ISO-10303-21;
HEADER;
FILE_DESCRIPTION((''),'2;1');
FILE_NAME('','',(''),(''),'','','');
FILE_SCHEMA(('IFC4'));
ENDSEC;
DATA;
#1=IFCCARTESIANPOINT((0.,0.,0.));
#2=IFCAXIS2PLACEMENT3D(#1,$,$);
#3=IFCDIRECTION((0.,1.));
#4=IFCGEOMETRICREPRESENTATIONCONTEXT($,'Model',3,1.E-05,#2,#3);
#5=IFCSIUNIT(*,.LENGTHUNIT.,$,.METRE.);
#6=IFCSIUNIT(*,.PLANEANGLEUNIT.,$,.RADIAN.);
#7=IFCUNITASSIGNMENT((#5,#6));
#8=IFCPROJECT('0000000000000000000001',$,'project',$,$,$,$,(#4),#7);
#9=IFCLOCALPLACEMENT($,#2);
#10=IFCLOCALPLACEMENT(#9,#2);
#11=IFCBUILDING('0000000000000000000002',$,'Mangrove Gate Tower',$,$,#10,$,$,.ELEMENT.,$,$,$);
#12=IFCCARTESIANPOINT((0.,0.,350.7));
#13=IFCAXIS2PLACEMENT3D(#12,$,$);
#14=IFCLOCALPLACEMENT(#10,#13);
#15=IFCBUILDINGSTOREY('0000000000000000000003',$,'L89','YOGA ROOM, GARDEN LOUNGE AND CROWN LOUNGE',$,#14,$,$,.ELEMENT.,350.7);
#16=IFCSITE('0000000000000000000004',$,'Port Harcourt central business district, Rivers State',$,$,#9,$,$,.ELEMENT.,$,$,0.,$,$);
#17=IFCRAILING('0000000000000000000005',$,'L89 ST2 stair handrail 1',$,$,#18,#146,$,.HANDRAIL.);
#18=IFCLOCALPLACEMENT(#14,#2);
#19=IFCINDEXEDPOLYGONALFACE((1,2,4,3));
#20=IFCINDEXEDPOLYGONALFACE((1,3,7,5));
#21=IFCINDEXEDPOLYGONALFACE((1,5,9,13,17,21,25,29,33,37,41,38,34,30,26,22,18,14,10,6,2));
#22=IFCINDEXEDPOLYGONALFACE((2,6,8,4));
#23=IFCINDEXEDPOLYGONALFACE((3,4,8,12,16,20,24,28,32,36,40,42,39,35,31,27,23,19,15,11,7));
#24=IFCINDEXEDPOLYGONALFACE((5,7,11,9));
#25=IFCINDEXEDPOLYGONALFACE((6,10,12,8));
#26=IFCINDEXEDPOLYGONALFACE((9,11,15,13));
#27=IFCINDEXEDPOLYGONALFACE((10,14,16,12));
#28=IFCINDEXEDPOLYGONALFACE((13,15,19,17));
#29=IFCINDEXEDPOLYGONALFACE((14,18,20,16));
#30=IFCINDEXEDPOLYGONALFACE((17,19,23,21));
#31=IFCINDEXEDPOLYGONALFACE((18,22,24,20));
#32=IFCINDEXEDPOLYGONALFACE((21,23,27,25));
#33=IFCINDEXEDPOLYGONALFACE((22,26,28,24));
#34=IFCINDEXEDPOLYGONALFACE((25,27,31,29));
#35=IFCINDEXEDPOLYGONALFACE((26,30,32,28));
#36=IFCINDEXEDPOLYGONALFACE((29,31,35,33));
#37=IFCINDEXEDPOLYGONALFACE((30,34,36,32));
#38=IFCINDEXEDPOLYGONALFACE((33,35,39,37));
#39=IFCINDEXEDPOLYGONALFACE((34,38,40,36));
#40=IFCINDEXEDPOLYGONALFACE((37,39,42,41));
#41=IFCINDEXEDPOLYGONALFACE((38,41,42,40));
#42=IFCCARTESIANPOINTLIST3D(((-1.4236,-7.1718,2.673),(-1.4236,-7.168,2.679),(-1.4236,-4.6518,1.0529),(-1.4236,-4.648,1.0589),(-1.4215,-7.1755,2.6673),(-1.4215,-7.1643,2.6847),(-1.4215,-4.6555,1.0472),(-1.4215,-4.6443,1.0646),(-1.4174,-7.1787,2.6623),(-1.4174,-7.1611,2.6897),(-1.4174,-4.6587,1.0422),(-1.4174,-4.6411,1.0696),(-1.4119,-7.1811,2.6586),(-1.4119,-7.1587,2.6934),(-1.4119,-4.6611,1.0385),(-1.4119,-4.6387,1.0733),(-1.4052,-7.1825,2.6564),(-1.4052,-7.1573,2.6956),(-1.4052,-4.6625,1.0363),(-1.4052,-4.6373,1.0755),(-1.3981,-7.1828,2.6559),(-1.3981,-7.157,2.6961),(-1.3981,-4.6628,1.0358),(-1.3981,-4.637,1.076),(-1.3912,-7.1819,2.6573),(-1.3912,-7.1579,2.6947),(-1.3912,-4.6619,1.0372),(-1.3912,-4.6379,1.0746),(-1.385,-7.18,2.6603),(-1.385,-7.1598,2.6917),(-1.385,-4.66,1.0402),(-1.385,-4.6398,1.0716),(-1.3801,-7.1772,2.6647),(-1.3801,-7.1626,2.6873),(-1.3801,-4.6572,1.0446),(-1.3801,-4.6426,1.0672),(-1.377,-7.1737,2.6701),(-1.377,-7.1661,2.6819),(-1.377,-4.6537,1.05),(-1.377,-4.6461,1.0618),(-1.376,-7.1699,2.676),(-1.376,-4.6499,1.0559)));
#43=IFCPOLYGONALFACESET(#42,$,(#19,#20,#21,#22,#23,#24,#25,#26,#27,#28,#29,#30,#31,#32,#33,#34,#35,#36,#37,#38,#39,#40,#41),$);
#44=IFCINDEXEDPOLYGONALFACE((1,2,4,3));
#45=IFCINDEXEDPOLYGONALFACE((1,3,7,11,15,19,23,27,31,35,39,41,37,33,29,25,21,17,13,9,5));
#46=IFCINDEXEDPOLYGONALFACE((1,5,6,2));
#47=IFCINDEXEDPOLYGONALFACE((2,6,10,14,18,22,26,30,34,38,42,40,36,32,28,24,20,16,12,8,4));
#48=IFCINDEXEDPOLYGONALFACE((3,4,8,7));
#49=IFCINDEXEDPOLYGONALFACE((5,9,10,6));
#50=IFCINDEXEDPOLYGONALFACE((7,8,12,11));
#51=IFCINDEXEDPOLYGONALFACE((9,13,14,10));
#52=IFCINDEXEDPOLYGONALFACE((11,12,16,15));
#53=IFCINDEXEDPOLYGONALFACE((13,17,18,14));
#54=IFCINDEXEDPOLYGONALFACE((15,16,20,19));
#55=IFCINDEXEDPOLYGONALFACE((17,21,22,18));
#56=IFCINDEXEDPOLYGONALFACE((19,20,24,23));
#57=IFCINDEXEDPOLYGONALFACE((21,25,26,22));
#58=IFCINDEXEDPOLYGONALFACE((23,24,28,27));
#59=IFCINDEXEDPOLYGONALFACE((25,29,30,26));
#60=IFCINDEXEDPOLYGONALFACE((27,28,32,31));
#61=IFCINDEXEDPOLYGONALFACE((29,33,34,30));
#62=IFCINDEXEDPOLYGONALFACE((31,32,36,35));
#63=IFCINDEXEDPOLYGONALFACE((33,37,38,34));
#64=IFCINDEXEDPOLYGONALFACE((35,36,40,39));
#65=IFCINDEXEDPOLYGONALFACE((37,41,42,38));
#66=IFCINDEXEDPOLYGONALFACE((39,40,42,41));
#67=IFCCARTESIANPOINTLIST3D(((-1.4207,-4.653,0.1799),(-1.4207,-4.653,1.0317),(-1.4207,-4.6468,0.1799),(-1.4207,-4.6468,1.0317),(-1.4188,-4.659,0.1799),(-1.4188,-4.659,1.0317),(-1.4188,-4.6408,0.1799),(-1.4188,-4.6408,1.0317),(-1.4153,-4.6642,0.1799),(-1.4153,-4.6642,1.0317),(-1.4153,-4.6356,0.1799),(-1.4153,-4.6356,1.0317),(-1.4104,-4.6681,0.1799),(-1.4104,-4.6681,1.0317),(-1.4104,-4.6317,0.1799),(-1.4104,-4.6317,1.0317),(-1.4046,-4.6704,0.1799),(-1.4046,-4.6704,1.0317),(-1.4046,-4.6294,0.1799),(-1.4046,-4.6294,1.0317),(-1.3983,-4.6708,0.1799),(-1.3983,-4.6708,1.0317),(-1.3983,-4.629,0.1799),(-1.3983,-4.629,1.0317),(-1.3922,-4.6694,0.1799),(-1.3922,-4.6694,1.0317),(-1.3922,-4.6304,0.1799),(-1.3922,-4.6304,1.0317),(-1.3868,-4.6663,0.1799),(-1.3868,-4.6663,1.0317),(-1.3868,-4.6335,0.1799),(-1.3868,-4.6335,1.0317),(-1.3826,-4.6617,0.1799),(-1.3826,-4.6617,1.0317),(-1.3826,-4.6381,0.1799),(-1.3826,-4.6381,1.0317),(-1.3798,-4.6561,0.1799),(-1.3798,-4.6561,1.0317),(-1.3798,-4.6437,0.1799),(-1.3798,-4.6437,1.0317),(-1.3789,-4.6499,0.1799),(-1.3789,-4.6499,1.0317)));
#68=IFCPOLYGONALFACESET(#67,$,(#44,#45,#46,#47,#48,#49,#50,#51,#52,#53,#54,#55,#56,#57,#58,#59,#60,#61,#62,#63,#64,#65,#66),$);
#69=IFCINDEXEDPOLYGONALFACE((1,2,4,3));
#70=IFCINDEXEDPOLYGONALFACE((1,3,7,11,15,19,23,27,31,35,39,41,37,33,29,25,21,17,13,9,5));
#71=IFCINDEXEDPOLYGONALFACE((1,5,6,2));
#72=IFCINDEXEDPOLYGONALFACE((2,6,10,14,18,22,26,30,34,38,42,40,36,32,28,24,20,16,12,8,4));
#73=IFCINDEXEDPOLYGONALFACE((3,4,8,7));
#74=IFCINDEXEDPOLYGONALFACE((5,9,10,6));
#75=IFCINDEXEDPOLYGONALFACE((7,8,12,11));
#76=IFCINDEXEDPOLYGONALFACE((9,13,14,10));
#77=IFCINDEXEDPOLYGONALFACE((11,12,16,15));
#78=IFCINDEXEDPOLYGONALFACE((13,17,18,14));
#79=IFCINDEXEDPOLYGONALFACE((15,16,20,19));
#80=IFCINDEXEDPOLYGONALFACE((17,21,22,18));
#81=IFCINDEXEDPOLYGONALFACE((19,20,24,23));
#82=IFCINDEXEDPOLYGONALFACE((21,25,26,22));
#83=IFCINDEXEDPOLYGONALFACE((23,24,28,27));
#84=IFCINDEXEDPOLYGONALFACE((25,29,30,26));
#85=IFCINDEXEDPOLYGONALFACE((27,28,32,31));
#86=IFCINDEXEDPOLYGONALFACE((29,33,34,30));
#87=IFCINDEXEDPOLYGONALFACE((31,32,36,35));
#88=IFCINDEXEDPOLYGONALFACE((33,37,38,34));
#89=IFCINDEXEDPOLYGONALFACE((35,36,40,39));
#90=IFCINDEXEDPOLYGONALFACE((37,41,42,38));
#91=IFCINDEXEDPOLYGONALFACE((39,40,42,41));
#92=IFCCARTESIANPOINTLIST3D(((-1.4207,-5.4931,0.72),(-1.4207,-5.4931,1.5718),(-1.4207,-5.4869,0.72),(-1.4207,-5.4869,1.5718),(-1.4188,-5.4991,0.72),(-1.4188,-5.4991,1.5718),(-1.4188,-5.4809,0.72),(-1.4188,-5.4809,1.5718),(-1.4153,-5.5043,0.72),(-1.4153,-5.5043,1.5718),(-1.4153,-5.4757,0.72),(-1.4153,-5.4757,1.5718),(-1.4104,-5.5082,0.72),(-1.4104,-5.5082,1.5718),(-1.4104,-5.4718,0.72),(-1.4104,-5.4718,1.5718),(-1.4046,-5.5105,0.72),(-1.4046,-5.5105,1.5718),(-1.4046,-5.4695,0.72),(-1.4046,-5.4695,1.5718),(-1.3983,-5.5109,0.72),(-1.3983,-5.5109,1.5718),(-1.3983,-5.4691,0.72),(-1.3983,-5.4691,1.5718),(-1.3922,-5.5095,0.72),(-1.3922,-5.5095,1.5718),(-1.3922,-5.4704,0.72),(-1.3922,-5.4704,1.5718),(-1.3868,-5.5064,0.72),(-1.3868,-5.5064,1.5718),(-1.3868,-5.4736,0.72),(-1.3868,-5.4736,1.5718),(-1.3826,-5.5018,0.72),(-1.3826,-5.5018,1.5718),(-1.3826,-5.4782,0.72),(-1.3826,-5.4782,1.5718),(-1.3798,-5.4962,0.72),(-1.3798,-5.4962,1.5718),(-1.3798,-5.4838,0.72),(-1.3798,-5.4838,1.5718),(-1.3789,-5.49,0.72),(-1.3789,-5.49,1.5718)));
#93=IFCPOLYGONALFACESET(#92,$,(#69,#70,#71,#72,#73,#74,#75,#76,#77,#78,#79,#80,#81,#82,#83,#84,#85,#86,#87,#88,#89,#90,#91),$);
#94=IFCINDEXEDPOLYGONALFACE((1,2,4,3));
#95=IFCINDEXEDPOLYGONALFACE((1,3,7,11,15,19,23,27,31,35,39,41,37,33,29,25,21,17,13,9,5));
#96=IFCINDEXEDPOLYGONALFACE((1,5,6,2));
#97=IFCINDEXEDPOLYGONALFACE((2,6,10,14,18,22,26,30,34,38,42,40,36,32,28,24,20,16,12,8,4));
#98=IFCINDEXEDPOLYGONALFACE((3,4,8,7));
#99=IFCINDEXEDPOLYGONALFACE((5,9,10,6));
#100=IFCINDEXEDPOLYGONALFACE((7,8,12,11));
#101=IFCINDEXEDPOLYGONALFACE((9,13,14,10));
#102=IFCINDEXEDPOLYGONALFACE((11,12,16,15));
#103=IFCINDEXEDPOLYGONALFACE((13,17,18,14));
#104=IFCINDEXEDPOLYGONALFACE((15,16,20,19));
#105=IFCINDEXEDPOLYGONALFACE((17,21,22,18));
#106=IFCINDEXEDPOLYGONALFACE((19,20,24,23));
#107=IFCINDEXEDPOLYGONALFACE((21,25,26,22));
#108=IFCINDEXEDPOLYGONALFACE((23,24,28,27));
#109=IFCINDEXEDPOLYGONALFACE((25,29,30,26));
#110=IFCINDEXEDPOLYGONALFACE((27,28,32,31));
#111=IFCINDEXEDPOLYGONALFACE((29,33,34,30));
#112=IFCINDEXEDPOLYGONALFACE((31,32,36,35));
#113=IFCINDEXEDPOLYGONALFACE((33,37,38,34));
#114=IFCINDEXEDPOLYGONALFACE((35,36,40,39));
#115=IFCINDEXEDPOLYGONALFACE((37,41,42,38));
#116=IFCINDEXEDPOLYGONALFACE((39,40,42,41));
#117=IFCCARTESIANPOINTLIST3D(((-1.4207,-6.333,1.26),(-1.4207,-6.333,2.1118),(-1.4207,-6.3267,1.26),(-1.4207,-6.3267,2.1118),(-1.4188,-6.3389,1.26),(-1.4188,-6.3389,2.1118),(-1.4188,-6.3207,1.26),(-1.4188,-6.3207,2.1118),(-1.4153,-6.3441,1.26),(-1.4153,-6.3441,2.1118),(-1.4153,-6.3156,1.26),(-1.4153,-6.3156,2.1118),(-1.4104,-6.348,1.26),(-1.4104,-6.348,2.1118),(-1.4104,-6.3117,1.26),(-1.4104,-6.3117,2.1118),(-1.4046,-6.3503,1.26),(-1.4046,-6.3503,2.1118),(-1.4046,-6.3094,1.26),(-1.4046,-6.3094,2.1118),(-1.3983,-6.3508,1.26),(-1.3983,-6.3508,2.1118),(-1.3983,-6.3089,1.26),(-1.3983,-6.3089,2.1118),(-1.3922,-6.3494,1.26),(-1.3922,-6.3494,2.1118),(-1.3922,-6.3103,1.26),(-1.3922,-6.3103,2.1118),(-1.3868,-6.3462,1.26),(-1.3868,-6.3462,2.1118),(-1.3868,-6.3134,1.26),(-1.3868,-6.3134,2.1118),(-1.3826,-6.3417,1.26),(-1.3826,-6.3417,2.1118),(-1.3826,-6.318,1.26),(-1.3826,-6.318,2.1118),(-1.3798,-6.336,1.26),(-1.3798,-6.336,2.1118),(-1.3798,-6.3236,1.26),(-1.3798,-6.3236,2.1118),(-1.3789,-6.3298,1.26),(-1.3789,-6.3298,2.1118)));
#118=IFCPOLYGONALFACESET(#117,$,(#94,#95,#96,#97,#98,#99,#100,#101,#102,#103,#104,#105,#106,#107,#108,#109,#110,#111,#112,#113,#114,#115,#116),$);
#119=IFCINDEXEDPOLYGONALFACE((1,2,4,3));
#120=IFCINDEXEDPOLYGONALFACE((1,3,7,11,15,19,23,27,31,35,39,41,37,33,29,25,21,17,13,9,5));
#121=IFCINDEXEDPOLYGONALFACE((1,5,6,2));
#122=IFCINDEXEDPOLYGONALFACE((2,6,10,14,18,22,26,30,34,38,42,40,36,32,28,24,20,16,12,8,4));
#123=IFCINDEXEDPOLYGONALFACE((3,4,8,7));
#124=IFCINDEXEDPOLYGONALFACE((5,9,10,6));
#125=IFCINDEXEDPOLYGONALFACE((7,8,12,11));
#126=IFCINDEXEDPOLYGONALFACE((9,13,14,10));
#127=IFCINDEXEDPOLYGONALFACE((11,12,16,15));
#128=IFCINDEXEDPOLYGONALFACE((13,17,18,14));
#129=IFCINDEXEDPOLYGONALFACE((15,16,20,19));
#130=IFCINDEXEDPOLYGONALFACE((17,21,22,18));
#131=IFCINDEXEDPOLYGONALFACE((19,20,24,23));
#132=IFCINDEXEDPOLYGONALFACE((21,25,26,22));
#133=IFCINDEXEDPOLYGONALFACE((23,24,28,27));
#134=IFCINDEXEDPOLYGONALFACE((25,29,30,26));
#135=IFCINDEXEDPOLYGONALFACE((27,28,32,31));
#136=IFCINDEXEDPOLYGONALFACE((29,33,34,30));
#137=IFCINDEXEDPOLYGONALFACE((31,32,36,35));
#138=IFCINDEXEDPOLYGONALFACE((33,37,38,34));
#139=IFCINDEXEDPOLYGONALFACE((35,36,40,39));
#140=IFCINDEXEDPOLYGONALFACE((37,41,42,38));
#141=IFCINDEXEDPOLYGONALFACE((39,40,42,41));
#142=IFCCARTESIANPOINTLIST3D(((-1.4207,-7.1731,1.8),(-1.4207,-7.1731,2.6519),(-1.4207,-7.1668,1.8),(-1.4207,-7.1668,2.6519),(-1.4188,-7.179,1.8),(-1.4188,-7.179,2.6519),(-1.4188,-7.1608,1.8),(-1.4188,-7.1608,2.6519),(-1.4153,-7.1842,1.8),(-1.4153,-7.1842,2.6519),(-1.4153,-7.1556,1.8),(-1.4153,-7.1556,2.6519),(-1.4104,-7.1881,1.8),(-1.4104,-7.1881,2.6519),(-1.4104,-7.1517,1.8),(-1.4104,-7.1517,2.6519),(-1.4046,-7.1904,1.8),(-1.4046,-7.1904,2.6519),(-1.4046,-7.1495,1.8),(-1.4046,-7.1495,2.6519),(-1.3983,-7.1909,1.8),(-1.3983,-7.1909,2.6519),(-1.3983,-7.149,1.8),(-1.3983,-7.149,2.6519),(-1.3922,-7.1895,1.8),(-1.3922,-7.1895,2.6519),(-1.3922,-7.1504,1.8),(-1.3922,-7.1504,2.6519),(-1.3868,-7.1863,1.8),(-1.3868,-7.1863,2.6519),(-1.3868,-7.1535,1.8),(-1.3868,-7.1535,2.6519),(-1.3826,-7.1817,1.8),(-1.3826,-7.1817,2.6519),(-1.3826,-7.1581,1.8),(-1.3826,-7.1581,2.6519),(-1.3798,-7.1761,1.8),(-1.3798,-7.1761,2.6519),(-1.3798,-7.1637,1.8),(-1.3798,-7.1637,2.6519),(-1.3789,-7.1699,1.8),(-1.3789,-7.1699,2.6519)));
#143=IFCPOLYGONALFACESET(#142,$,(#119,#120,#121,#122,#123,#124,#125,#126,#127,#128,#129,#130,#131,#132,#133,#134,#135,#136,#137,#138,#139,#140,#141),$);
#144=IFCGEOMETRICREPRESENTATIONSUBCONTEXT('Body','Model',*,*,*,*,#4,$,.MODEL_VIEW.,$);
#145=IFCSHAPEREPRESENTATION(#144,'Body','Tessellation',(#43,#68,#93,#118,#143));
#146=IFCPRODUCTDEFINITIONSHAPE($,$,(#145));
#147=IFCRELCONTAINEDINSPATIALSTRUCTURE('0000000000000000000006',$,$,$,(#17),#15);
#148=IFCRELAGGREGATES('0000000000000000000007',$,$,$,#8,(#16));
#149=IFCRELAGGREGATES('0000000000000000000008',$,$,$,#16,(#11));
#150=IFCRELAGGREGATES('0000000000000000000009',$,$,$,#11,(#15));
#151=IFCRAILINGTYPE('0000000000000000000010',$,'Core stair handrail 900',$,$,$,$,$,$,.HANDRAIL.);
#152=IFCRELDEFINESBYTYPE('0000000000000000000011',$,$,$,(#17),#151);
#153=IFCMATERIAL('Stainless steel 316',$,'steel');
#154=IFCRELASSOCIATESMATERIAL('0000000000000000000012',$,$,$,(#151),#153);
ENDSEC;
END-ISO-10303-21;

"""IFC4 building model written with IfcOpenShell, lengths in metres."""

from ifc_helpers import new_model, si_unit, direction, frame, origin, origin_2d, place, context, subcontext, project, spatial, circle, extrude, material, type_object, element, save


model = new_model("IFC4")

# Units and contexts
model_context = context("Model", 3, precision=1e-05, world=origin(), true_north=direction((0.0, 1.0)))
body_context = subcontext(model_context, "Body", "Model", "MODEL_VIEW")
ifc_project = project(units=[si_unit("LENGTHUNIT", "METRE"), si_unit("PLANEANGLEUNIT", "RADIAN")], contexts=[model_context])

# Site, building, storey
site_placement = place(None, origin())
site = spatial("IfcSite", under=ifc_project, at=site_placement, Name="Port Harcourt central business district, Rivers State", CompositionType="ELEMENT", RefElevation=0.0)
building_placement = place(site_placement, origin())
building = spatial("IfcBuilding", under=site, at=building_placement, Name="Mangrove Gate Tower", CompositionType="ELEMENT")
storey_placement = place(building_placement, frame((0.0, 0.0, 350.7)))
storey = spatial("IfcBuildingStorey", under=building, at=storey_placement, Name="L89", Description="YOGA ROOM, GARDEN LOUNGE AND CROWN LOUNGE", CompositionType="ELEMENT", Elevation=350.7)

# Railing
ifc_material_1 = material(Name="Stainless steel 316", Category="steel")
railing_type_1 = type_object("IfcRailingType", Name="Core stair handrail 900", PredefinedType="HANDRAIL", material=ifc_material_1)
railing_1_placement = place(storey_placement, frame((-1.3999, -4.6499, 0.1799)))
element("IfcRailing", 1, at=railing_1_placement, inside=storey, type_object=railing_type_1, Name="L89 ST2 stair handrail 1", PredefinedType="HANDRAIL", context=body_context, shape_type="SweptSolid", body=[
    extrude(circle(Radius=0.0239, at=origin_2d()), frame((0.0, 0.0, 0.876), z_axis=(0.0, -0.841163, 0.540782), x_axis=(1.0, 0.0, 0.0)), (0.0, 0.0, 1.0), 2.9958),
    extrude(circle(Radius=0.021, at=origin_2d()), origin(), (0.0, 0.0, 1.0), 0.8518),
    extrude(circle(Radius=0.021, at=origin_2d()), frame((0.0, -0.8401, 0.54)), (0.0, 0.0, 1.0), 0.8518),
    extrude(circle(Radius=0.021, at=origin_2d()), frame((0.0, -1.6799, 1.0801)), (0.0, 0.0, 1.0), 0.8518),
    extrude(circle(Radius=0.021, at=origin_2d()), frame((0.0, -2.52, 1.6201)), (0.0, 0.0, 1.0), 0.8518),
])

save(model, "model.ifc")
